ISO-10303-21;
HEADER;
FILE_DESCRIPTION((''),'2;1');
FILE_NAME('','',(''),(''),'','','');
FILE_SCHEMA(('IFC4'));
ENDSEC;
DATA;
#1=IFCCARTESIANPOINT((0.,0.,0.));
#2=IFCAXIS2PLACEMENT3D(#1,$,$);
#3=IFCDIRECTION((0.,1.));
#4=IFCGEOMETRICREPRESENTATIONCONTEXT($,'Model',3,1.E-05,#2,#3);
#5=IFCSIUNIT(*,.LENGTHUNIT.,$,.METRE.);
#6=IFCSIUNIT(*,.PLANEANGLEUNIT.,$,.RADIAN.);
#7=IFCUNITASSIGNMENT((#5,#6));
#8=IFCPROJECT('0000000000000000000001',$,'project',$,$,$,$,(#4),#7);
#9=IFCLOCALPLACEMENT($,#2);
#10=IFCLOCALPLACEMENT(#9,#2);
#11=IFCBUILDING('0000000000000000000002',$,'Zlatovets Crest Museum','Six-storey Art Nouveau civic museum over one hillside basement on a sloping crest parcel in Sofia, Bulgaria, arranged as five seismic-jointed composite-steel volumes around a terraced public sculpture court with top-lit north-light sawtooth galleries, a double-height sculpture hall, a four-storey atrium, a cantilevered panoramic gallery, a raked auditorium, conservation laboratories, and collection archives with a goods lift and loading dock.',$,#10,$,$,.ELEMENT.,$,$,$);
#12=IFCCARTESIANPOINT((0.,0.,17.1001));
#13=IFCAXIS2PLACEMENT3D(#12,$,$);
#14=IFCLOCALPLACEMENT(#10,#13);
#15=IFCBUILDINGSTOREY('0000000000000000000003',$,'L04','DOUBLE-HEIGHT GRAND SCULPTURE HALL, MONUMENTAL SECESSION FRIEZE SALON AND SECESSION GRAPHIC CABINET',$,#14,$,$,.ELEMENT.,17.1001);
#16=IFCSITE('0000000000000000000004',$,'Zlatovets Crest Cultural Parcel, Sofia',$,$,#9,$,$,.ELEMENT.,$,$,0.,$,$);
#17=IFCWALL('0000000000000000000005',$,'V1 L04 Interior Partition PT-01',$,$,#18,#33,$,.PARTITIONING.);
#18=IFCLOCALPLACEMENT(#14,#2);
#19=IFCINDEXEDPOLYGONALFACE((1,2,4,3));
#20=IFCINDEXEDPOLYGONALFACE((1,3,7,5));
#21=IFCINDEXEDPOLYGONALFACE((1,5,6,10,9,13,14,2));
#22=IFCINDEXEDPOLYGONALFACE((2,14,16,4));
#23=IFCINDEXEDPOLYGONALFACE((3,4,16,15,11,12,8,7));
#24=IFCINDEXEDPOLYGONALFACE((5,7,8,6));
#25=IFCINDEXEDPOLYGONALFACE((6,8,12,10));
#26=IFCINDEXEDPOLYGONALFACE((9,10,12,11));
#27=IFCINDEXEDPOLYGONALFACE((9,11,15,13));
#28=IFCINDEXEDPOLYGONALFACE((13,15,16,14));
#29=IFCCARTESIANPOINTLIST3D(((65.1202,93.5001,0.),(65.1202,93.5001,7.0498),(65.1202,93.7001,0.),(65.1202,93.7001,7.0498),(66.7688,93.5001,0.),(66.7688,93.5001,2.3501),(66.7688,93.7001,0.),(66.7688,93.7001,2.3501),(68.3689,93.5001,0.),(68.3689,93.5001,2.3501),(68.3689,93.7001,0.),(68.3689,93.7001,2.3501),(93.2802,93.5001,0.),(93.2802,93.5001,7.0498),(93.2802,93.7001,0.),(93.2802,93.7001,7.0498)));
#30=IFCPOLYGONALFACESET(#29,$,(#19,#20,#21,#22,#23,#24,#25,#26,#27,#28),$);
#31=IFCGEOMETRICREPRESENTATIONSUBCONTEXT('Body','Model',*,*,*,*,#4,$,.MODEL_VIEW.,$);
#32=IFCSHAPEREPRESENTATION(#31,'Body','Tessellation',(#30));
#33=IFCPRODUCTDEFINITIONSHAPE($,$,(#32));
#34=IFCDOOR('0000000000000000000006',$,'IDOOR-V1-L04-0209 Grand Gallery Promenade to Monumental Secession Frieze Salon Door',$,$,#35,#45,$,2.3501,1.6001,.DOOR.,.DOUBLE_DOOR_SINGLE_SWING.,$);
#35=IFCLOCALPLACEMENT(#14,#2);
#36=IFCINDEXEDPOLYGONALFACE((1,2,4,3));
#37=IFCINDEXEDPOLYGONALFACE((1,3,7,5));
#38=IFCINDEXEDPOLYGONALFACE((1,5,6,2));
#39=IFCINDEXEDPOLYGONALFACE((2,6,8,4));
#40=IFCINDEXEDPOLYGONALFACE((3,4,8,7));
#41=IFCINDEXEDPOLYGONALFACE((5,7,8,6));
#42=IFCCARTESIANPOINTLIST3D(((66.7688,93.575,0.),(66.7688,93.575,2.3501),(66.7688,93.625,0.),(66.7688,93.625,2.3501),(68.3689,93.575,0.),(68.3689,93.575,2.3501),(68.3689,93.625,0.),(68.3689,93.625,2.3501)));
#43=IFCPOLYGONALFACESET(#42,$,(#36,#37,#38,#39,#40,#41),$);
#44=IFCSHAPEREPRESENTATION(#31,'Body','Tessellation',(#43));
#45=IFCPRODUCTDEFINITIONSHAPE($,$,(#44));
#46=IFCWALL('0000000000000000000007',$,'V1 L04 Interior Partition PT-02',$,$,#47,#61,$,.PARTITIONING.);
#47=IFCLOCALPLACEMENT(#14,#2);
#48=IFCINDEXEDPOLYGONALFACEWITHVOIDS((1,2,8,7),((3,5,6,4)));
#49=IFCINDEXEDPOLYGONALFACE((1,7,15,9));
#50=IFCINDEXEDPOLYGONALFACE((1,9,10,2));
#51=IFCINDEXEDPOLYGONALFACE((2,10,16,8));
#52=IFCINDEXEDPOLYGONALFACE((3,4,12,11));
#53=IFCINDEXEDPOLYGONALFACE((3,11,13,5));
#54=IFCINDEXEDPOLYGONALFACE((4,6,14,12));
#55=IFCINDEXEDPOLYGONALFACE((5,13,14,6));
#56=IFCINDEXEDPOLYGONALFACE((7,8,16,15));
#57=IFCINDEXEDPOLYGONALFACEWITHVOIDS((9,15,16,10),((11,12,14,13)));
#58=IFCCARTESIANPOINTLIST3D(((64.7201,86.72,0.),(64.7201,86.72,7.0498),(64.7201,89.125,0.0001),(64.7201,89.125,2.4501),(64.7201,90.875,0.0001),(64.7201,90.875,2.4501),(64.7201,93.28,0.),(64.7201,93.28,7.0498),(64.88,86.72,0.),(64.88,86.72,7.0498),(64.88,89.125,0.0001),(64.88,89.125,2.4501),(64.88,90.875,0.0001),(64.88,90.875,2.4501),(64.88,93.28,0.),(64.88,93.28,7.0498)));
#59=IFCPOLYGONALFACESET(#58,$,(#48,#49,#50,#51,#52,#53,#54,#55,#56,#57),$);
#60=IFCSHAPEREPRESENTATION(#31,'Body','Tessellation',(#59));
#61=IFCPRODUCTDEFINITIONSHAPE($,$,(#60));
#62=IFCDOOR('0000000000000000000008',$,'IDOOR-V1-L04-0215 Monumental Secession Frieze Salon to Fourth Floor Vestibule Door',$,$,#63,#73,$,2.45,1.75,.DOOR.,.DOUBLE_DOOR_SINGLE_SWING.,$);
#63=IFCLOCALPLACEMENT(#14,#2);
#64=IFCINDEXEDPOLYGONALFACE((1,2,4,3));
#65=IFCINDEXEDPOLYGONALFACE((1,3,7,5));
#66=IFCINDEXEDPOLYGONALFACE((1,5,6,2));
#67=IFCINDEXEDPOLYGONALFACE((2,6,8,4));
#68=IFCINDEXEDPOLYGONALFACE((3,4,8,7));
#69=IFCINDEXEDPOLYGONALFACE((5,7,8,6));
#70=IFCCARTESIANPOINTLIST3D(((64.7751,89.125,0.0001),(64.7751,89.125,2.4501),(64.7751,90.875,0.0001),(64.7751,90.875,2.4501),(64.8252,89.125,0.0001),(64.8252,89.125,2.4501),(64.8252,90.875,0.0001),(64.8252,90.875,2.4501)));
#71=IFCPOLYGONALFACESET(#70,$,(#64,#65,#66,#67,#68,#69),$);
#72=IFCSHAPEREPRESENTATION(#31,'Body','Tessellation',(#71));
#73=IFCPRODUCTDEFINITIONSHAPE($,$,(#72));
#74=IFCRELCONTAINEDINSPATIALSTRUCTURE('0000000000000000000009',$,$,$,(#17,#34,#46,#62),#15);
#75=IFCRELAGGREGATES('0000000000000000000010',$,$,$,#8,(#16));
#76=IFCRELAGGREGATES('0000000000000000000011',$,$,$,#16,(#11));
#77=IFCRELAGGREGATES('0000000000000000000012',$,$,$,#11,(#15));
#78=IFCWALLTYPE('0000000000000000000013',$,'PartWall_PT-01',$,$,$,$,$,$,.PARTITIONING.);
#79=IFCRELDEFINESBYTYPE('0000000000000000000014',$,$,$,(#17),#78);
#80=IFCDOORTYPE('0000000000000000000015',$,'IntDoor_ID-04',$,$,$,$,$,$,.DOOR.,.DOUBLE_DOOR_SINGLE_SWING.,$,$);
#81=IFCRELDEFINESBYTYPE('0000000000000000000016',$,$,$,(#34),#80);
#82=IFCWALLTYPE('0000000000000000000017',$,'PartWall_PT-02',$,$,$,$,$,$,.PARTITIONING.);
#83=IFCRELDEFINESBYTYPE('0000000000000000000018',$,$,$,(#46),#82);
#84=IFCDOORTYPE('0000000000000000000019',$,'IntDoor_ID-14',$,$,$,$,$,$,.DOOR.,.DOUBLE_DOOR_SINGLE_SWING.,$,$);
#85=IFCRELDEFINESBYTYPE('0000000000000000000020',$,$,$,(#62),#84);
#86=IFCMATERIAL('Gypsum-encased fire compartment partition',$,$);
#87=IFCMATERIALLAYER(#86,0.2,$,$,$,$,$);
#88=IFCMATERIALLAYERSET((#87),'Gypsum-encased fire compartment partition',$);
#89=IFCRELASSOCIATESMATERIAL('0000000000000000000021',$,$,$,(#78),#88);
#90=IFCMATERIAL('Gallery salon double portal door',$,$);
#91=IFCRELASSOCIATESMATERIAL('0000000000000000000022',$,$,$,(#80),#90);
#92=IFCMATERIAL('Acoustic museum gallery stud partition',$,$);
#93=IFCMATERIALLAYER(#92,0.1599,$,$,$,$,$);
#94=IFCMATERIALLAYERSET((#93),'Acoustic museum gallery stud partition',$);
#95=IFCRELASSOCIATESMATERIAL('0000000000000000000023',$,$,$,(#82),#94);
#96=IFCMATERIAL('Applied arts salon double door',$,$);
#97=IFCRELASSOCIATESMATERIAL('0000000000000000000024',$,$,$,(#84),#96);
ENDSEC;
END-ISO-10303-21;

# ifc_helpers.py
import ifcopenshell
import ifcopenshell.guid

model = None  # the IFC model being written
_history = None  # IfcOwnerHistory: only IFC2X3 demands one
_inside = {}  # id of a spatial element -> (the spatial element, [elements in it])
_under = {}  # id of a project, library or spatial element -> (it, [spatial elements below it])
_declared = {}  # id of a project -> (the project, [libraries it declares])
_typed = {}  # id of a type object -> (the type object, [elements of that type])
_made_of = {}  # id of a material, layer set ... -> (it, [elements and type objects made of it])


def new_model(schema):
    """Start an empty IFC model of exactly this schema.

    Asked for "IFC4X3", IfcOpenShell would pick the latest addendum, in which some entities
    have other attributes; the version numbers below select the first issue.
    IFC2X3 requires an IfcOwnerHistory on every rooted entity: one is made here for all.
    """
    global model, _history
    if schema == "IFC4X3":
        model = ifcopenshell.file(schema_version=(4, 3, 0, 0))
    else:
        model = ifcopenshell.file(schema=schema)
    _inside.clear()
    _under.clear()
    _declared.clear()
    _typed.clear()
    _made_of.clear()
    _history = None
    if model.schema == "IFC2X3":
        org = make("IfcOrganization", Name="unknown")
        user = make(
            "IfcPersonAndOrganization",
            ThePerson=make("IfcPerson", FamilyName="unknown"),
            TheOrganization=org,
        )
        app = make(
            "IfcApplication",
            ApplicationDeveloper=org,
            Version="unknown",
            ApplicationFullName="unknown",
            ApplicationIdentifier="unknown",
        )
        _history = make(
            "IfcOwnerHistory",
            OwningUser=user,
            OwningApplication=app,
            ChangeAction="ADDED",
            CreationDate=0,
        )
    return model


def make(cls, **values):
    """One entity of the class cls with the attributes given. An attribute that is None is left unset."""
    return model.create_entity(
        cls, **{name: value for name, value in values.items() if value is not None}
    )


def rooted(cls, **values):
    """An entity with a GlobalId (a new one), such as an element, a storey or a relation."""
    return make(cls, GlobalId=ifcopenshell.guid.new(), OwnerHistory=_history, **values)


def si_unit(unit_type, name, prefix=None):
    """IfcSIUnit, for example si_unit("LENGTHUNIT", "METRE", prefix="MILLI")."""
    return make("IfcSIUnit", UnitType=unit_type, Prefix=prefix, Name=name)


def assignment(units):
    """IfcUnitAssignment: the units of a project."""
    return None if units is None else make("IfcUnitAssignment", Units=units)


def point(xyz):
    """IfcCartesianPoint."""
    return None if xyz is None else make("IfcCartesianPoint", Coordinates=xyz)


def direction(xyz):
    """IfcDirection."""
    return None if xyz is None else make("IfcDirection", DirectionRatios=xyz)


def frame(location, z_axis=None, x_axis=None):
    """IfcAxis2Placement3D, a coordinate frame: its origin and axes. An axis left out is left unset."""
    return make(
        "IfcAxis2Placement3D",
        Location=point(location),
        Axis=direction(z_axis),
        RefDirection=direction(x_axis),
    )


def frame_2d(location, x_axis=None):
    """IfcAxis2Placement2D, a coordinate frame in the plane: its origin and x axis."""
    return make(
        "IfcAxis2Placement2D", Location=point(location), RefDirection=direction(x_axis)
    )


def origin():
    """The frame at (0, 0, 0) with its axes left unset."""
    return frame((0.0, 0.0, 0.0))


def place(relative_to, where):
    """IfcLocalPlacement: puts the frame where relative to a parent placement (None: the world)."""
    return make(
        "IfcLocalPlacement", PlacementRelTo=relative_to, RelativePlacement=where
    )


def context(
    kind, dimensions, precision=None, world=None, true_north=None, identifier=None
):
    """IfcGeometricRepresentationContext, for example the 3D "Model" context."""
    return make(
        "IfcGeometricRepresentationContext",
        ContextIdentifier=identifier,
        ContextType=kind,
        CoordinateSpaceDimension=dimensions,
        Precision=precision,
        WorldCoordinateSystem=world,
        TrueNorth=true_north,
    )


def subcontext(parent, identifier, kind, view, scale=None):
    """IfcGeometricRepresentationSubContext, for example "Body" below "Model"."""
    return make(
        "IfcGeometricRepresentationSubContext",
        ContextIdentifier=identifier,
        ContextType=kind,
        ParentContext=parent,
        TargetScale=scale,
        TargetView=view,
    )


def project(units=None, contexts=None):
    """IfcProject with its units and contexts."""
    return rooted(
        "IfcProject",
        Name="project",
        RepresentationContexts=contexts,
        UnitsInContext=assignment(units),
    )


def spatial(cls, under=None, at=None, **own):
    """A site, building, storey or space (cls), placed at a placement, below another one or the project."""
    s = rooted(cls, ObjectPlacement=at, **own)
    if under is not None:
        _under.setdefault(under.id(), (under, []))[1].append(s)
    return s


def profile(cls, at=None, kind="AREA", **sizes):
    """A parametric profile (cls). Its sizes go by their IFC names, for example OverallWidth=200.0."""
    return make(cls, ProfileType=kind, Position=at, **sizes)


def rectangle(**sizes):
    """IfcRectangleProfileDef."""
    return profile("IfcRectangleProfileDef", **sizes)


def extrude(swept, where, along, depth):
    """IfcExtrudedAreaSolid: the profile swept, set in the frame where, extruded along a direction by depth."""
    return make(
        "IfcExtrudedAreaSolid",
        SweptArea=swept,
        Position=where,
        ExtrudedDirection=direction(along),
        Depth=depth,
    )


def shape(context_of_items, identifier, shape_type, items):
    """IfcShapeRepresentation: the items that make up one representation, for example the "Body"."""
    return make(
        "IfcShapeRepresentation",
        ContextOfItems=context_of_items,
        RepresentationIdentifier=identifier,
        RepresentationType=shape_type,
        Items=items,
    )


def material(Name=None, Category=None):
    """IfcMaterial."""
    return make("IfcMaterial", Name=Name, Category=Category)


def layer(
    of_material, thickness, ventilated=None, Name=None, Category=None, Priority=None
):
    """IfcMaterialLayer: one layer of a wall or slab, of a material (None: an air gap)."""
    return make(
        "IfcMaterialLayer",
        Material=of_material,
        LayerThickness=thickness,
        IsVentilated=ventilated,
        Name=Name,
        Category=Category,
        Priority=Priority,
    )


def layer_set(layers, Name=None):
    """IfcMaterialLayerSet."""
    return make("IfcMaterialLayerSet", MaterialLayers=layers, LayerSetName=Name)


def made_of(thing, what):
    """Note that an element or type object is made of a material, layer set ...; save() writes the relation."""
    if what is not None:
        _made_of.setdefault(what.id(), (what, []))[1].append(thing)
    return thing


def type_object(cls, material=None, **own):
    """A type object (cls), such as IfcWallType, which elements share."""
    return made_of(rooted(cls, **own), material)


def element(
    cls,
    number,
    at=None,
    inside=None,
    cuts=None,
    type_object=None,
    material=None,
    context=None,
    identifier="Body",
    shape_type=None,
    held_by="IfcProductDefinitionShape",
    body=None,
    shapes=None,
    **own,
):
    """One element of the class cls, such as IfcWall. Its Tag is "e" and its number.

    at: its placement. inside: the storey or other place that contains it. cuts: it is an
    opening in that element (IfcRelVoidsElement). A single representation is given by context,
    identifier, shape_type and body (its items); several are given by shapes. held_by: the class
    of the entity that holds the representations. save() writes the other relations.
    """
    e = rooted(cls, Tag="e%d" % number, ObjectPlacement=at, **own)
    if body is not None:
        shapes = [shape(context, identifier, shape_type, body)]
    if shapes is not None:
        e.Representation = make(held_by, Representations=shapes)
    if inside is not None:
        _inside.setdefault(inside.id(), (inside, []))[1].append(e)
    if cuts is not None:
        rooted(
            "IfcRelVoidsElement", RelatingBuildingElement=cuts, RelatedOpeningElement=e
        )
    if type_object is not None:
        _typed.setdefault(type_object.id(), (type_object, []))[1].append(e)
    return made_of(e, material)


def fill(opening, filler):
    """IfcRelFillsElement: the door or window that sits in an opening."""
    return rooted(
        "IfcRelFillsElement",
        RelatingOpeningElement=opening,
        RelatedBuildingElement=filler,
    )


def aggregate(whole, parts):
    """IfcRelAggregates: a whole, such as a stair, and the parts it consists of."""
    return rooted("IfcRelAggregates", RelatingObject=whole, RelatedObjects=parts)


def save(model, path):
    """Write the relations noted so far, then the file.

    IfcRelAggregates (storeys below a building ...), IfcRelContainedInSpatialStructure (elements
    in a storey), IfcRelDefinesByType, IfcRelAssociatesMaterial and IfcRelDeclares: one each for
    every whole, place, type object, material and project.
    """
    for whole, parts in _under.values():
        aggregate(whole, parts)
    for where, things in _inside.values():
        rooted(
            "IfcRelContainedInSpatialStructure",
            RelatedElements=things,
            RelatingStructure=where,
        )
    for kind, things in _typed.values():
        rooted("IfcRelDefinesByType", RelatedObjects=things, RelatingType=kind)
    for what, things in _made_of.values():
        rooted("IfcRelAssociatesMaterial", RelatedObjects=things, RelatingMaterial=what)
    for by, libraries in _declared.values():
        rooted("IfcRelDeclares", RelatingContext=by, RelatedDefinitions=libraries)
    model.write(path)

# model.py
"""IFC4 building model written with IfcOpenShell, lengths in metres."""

from ifc_helpers import new_model, si_unit, direction, frame, frame_2d, origin, place, context, subcontext, project, spatial, rectangle, extrude, material, layer, layer_set, type_object, element, fill, save


model = new_model("IFC4")

# Units and contexts
model_context = context("Model", 3, precision=1e-05, world=origin(), true_north=direction((0.0, 1.0)))
body_context = subcontext(model_context, "Body", "Model", "MODEL_VIEW")
ifc_project = project(units=[si_unit("LENGTHUNIT", "METRE"), si_unit("PLANEANGLEUNIT", "RADIAN")], contexts=[model_context])

# Site, building, storey
site_placement = place(None, origin())
site = spatial("IfcSite", under=ifc_project, at=site_placement, Name="Zlatovets Crest Cultural Parcel, Sofia", CompositionType="ELEMENT", RefElevation=0.0)
building_placement = place(site_placement, origin())
building = spatial("IfcBuilding", under=site, at=building_placement, Name="Zlatovets Crest Museum", Description="Six-storey Art Nouveau civic museum over one hillside basement on a sloping crest parcel in Sofia, Bulgaria, arranged as five seismic-jointed composite-steel volumes around a terraced public sculpture court with top-lit north-light sawtooth galleries, a double-height sculpture hall, a four-storey atrium, a cantilevered panoramic gallery, a raked auditorium, conservation laboratories, and collection archives with a goods lift and loading dock.", CompositionType="ELEMENT")
storey_placement = place(building_placement, frame((0.0, 0.0, 17.1001)))
storey = spatial("IfcBuildingStorey", under=building, at=storey_placement, Name="L04", Description="DOUBLE-HEIGHT GRAND SCULPTURE HALL, MONUMENTAL SECESSION FRIEZE SALON AND SECESSION GRAPHIC CABINET", CompositionType="ELEMENT", Elevation=17.1001)

# Walls, openings, doors
ifc_material_1 = material(Name="Gypsum-encased fire compartment partition")
ifc_layer_1 = layer(ifc_material_1, 0.2)
ifc_layer_set_1 = layer_set([ifc_layer_1], Name="Gypsum-encased fire compartment partition")
wall_type_1 = type_object("IfcWallType", Name="PartWall_PT-01", PredefinedType="PARTITIONING", material=ifc_layer_set_1)
ifc_material_2 = material(Name="Gallery salon double portal door")
door_type_1 = type_object("IfcDoorType", Name="IntDoor_ID-04", OperationType="DOUBLE_DOOR_SINGLE_SWING", PredefinedType="DOOR", material=ifc_material_2)
wall_1_placement = place(storey_placement, frame((65.1201, 93.6001, 0.0), z_axis=(0.0, 0.0, 1.0), x_axis=(1.0, 0.0, 0.0)))
wall_1 = element("IfcWall", 1, at=wall_1_placement, inside=storey, type_object=wall_type_1, Name="V1 L04 Interior Partition PT-01", PredefinedType="PARTITIONING", context=body_context, shape_type="SweptSolid", body=[
    extrude(rectangle(XDim=28.1599, YDim=0.2, at=frame_2d((14.0801, 0.0))), origin(), (0.0, 0.0, 1.0), 7.0498),
])
opening_1_placement = place(wall_1_placement, frame((1.6487, 0.0, 0.0)))
opening_1 = element("IfcOpeningElement", 2, at=opening_1_placement, cuts=wall_1, PredefinedType="OPENING", context=body_context, shape_type="SweptSolid", body=[
    extrude(rectangle(XDim=1.6001, YDim=2.3501, at=frame_2d((0.8, 1.175))), frame((0.0, 0.1099, 0.0), z_axis=(0.0, -1.0, 0.0), x_axis=(1.0, 0.0, 0.0)), (0.0, 0.0, 1.0), 0.22),
])
door_1_placement = place(opening_1_placement, origin())
door_1 = element("IfcDoor", 3, at=door_1_placement, inside=storey, type_object=door_type_1, Name="IDOOR-V1-L04-0209 Grand Gallery Promenade to Monumental Secession Frieze Salon Door", OperationType="DOUBLE_DOOR_SINGLE_SWING", OverallHeight=2.3501, OverallWidth=1.6001, PredefinedType="DOOR", context=body_context, shape_type="SweptSolid", body=[
    extrude(rectangle(XDim=1.6001, YDim=2.3501, at=frame_2d((0.8, 1.175))), frame((0.0, 0.0249, 0.0), z_axis=(0.0, -1.0, 0.0), x_axis=(1.0, 0.0, 0.0)), (0.0, 0.0, 1.0), 0.05),
])
fill(opening_1, door_1)
ifc_material_3 = material(Name="Acoustic museum gallery stud partition")
ifc_layer_2 = layer(ifc_material_3, 0.1599)
ifc_layer_set_2 = layer_set([ifc_layer_2], Name="Acoustic museum gallery stud partition")
wall_type_2 = type_object("IfcWallType", Name="PartWall_PT-02", PredefinedType="PARTITIONING", material=ifc_layer_set_2)
wall_2_placement = place(storey_placement, frame((64.8, 86.72, 0.0), z_axis=(0.0, 0.0, 1.0), x_axis=(0.0, 1.0, 0.0)))
wall_2 = element("IfcWall", 4, at=wall_2_placement, inside=storey, type_object=wall_type_2, Name="V1 L04 Interior Partition PT-02", PredefinedType="PARTITIONING", context=body_context, shape_type="SweptSolid", body=[
    extrude(rectangle(XDim=6.5601, YDim=0.1599, at=frame_2d((3.28, 0.0))), origin(), (0.0, 0.0, 1.0), 7.0498),
])
opening_2_placement = place(wall_2_placement, frame((2.405, 0.0, 0.0)))
opening_2 = element("IfcOpeningElement", 5, at=opening_2_placement, cuts=wall_2, PredefinedType="OPENING", context=body_context, shape_type="SweptSolid", body=[
    extrude(rectangle(XDim=1.75, YDim=2.45, at=frame_2d((0.875, 1.2251))), frame((0.0, 0.0898, 0.0), z_axis=(0.0, -1.0, 0.0), x_axis=(1.0, 0.0, 0.0)), (0.0, 0.0, 1.0), 0.1799),
])
ifc_material_4 = material(Name="Applied arts salon double door")
door_type_2 = type_object("IfcDoorType", Name="IntDoor_ID-14", OperationType="DOUBLE_DOOR_SINGLE_SWING", PredefinedType="DOOR", material=ifc_material_4)
door_2_placement = place(opening_2_placement, origin())
door_2 = element("IfcDoor", 6, at=door_2_placement, inside=storey, type_object=door_type_2, Name="IDOOR-V1-L04-0215 Monumental Secession Frieze Salon to Fourth Floor Vestibule Door", OperationType="DOUBLE_DOOR_SINGLE_SWING", OverallHeight=2.45, OverallWidth=1.75, PredefinedType="DOOR", context=body_context, shape_type="SweptSolid", body=[
    extrude(rectangle(XDim=1.75, YDim=2.45, at=frame_2d((0.875, 1.2251))), frame((0.0, 0.0249, 0.0), z_axis=(0.0, -1.0, 0.0), x_axis=(1.0, 0.0, 0.0)), (0.0, 0.0, 1.0), 0.05),
])
fill(opening_2, door_2)

save(model, "model.ifc")
